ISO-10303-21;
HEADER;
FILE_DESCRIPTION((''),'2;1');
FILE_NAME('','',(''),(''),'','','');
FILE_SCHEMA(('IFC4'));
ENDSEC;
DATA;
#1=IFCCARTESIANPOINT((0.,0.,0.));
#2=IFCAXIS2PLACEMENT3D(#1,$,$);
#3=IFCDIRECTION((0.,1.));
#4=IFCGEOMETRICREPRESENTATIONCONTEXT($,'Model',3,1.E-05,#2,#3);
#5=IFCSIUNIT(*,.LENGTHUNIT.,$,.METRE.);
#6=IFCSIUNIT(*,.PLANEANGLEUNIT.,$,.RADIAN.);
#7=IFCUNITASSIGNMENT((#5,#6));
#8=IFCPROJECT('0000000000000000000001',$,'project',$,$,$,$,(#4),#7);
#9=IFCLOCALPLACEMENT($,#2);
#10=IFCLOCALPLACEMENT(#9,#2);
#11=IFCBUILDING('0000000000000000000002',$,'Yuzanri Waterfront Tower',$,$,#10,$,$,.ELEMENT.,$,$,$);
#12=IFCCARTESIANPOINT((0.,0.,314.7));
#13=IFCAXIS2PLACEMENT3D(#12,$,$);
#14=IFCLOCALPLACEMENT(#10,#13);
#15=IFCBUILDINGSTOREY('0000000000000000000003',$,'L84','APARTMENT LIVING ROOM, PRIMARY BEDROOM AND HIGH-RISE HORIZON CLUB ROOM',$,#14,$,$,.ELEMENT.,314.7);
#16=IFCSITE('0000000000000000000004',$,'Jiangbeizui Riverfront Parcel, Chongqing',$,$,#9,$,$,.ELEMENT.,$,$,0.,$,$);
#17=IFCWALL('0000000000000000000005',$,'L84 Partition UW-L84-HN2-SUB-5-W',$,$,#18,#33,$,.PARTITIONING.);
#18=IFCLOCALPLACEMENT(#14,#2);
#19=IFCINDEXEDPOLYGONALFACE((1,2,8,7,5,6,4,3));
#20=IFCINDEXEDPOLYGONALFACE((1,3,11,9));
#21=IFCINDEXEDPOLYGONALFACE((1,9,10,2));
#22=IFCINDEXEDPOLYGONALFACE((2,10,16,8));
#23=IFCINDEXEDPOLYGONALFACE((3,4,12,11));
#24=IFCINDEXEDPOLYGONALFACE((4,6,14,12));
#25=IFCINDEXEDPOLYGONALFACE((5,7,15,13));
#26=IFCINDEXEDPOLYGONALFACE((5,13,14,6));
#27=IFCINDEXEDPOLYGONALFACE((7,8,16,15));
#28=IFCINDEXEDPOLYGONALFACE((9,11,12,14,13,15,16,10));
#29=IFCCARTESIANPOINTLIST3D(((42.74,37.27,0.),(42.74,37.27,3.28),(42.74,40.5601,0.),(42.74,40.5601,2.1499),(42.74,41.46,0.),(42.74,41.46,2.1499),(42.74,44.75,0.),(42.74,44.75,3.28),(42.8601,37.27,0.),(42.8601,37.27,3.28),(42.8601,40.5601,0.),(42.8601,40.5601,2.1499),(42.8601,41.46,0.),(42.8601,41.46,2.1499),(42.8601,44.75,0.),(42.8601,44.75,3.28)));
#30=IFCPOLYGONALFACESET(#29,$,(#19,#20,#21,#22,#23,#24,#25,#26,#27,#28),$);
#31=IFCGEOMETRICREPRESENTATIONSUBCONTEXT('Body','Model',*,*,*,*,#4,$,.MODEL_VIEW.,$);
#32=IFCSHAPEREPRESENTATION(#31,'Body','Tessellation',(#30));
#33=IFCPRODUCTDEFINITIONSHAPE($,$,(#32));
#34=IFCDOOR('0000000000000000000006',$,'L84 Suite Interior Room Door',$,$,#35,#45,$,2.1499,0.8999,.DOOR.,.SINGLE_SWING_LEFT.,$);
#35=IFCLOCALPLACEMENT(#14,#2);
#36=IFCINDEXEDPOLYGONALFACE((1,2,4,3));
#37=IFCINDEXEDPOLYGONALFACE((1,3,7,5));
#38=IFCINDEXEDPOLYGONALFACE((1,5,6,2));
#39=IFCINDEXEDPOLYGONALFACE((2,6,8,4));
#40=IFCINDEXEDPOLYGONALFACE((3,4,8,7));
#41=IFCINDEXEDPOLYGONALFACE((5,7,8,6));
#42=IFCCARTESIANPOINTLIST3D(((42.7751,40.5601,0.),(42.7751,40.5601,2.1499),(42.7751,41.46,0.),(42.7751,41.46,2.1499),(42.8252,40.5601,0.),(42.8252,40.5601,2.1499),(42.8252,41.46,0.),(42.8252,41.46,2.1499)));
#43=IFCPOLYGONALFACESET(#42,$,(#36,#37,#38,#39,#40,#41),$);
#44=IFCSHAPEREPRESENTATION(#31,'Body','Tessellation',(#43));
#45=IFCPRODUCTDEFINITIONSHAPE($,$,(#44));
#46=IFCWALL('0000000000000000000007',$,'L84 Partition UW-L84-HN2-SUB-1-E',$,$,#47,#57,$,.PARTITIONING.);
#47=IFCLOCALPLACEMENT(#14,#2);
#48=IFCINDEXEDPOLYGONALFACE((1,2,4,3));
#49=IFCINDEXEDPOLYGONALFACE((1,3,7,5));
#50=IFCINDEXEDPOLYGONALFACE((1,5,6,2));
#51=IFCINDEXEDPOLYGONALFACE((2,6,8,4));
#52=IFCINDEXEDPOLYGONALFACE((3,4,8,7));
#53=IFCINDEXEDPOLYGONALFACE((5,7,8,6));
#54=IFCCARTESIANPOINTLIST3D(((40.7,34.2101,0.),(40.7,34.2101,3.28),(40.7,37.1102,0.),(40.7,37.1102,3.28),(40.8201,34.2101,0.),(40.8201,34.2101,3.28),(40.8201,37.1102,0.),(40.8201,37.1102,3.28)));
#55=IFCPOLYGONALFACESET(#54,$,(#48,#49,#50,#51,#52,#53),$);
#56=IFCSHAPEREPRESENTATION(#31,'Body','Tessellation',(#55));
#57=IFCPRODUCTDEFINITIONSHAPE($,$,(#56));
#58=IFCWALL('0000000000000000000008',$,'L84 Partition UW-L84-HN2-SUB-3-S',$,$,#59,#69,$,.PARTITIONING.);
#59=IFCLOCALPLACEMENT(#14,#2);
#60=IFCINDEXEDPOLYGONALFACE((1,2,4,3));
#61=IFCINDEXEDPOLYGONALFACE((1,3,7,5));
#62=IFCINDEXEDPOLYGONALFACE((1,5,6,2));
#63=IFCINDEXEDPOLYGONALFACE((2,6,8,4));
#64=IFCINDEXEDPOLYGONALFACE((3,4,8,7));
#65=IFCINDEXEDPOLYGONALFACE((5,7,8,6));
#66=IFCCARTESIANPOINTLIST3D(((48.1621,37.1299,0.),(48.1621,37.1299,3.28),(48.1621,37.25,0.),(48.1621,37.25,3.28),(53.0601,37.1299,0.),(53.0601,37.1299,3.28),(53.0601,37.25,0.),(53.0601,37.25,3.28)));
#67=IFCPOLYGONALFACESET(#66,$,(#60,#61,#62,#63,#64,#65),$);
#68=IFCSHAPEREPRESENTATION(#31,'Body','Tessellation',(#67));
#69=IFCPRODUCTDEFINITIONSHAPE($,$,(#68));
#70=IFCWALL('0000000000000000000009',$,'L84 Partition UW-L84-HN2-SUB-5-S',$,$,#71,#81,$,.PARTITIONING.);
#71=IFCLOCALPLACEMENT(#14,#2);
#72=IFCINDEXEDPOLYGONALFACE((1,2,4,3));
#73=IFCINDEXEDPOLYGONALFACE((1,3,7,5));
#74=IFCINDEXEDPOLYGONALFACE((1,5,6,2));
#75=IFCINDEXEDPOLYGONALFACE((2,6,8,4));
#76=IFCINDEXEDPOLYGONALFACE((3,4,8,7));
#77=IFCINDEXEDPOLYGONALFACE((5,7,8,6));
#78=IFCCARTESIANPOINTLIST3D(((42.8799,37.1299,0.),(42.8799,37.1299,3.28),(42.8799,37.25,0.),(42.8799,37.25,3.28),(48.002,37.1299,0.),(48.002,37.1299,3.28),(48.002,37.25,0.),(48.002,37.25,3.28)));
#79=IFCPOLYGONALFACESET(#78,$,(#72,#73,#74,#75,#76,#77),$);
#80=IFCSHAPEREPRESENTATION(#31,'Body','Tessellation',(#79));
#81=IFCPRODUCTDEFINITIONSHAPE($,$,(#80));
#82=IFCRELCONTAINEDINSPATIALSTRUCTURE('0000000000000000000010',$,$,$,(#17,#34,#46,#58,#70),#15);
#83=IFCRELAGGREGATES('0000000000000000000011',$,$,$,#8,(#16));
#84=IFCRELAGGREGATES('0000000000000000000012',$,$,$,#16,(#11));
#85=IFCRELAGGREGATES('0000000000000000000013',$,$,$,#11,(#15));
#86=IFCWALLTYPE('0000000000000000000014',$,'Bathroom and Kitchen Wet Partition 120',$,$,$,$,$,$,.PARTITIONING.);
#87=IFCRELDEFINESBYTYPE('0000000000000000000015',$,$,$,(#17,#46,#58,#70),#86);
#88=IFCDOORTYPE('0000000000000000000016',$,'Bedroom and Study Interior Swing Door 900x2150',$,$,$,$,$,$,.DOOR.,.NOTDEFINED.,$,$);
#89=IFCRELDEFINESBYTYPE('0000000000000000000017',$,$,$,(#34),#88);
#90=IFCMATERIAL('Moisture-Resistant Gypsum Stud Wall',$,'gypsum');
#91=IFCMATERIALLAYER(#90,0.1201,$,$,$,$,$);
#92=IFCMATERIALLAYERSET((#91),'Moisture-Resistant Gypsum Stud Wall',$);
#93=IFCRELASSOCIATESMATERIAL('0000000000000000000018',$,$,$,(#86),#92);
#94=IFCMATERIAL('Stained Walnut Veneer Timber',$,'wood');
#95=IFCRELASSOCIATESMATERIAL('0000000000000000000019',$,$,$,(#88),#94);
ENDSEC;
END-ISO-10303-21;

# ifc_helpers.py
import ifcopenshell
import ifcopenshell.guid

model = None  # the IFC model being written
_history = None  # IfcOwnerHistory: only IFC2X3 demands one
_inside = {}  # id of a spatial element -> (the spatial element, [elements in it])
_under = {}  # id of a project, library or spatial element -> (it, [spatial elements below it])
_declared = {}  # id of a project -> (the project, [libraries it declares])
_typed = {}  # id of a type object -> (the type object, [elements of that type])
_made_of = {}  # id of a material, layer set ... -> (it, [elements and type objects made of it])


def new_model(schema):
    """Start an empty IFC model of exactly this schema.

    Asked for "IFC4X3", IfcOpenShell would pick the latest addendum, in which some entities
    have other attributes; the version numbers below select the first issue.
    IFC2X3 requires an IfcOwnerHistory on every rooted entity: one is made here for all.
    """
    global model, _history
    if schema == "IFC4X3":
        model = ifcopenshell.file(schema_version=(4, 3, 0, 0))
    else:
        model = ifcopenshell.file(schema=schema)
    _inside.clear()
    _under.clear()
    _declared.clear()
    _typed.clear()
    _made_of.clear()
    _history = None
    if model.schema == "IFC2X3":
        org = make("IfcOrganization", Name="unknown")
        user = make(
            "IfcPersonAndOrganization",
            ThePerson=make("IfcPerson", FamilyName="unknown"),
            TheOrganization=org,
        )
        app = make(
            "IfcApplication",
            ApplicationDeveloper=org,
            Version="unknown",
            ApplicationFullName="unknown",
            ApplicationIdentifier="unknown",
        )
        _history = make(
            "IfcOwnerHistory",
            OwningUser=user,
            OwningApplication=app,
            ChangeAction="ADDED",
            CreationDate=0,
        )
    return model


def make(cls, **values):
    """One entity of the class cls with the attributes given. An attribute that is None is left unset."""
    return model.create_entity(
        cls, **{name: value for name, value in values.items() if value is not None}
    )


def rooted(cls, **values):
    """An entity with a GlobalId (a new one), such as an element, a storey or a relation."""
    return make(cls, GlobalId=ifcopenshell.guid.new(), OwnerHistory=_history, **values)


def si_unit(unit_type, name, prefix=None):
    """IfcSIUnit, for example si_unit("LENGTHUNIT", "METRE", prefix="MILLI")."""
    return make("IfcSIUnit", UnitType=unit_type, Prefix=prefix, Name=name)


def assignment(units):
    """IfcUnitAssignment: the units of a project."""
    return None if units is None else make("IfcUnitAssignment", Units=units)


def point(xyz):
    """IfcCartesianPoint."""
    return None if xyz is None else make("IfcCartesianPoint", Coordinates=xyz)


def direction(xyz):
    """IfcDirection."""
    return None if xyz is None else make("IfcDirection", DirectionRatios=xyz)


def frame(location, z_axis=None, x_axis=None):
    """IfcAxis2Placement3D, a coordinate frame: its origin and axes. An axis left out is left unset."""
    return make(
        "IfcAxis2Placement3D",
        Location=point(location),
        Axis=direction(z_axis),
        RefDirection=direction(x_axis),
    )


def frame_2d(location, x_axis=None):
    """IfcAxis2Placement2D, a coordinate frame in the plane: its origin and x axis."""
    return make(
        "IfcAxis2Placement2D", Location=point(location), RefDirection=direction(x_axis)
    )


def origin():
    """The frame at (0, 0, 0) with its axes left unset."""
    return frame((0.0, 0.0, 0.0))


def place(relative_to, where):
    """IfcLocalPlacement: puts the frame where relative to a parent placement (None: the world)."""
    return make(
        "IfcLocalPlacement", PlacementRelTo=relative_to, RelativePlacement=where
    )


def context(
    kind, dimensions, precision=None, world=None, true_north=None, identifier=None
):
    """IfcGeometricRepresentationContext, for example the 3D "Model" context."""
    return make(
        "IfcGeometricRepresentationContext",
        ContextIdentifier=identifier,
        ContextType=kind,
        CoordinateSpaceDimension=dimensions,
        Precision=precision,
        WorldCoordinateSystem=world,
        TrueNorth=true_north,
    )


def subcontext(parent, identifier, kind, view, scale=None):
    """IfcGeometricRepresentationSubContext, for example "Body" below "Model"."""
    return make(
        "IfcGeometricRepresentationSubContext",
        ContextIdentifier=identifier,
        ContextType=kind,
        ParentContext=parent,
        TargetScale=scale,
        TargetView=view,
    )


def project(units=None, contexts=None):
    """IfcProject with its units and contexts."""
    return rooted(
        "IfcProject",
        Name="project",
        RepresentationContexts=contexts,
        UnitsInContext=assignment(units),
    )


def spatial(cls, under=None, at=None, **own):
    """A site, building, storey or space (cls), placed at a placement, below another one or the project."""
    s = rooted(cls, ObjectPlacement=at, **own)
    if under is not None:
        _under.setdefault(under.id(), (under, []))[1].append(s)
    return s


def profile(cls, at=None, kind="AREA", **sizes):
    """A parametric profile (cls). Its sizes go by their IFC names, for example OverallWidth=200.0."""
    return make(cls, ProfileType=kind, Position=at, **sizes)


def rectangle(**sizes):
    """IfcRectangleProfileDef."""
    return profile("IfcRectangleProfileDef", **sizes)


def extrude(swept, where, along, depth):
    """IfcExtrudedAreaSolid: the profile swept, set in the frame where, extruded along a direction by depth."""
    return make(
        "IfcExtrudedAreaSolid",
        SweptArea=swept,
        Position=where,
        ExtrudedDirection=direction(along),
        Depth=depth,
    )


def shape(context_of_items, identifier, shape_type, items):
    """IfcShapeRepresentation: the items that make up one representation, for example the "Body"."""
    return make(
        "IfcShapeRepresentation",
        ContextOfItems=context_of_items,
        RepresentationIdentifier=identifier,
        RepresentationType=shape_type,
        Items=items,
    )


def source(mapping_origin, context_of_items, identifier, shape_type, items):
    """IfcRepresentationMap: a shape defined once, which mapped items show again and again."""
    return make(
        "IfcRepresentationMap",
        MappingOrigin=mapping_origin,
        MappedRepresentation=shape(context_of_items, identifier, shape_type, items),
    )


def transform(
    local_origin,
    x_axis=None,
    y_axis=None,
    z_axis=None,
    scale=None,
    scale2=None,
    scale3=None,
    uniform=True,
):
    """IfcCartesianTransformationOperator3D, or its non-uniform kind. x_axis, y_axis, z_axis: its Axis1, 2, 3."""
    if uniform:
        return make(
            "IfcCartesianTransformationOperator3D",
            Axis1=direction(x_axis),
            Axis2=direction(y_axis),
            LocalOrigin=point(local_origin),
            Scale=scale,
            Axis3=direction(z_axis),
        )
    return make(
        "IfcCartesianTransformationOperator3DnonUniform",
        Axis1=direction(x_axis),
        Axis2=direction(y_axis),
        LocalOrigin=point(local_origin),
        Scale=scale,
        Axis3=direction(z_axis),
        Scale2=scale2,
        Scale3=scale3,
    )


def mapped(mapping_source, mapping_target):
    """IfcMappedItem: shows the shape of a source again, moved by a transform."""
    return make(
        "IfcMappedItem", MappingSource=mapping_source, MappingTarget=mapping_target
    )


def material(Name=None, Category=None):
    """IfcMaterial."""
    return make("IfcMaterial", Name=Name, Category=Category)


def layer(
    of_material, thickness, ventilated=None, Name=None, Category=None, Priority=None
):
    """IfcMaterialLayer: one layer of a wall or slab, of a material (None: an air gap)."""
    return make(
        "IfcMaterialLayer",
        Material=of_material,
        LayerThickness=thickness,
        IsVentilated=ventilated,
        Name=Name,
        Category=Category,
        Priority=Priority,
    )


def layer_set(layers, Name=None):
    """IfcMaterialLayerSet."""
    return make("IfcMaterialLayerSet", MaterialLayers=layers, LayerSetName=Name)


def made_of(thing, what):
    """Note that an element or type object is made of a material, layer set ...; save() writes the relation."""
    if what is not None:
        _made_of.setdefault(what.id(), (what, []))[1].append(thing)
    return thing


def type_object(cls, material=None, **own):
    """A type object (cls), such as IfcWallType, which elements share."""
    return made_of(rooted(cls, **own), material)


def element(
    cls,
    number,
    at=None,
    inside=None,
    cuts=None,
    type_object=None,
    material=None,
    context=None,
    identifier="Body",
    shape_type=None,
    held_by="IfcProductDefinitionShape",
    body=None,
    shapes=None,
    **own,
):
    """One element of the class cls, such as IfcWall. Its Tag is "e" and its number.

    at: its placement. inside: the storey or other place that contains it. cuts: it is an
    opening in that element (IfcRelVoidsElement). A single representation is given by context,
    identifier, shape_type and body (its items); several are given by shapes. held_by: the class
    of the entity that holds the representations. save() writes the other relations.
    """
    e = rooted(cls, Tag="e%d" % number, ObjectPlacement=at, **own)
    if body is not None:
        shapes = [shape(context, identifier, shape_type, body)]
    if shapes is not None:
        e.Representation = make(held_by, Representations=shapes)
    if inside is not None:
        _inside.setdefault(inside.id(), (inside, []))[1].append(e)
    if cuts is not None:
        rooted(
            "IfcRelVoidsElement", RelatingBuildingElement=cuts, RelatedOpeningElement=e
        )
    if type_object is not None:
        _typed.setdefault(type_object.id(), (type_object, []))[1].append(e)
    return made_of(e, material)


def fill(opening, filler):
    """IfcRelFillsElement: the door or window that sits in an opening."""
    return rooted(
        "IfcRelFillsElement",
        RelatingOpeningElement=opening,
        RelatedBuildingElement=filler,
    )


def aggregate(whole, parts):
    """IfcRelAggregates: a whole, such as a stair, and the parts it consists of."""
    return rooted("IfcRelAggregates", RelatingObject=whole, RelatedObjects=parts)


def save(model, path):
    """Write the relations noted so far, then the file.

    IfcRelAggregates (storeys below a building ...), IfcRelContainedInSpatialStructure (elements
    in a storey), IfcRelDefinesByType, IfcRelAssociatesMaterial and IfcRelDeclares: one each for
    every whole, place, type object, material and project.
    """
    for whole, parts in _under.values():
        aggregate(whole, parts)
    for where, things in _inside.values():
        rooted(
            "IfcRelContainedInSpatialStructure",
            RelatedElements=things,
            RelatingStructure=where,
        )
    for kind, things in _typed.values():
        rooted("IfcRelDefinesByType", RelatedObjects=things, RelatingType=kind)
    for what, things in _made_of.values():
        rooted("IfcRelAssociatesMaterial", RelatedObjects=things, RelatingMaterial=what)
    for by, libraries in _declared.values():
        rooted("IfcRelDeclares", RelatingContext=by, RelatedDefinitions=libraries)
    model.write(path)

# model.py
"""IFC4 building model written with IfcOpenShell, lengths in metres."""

from ifc_helpers import new_model, si_unit, direction, frame, frame_2d, origin, place, context, subcontext, project, spatial, rectangle, extrude, source, transform, mapped, material, layer, layer_set, type_object, element, fill, save


model = new_model("IFC4")

# Units and contexts
model_context = context("Model", 3, precision=1e-05, world=origin(), true_north=direction((0.0, 1.0)))
body_context = subcontext(model_context, "Body", "Model", "MODEL_VIEW")
ifc_project = project(units=[si_unit("LENGTHUNIT", "METRE"), si_unit("PLANEANGLEUNIT", "RADIAN")], contexts=[model_context])

# Site, building, storey
site_placement = place(None, origin())
site = spatial("IfcSite", under=ifc_project, at=site_placement, Name="Jiangbeizui Riverfront Parcel, Chongqing", CompositionType="ELEMENT", RefElevation=0.0)
building_placement = place(site_placement, origin())
building = spatial("IfcBuilding", under=site, at=building_placement, Name="Yuzanri Waterfront Tower", CompositionType="ELEMENT")
storey_placement = place(building_placement, frame((0.0, 0.0, 314.7)))
storey = spatial("IfcBuildingStorey", under=building, at=storey_placement, Name="L84", Description="APARTMENT LIVING ROOM, PRIMARY BEDROOM AND HIGH-RISE HORIZON CLUB ROOM", CompositionType="ELEMENT", Elevation=314.7)

# Wall, opening, door
ifc_material_1 = material(Name="Moisture-Resistant Gypsum Stud Wall", Category="gypsum")
ifc_layer_1 = layer(ifc_material_1, 0.1201)
ifc_layer_set_1 = layer_set([ifc_layer_1], Name="Moisture-Resistant Gypsum Stud Wall")
wall_type = type_object("IfcWallType", Name="Bathroom and Kitchen Wet Partition 120", PredefinedType="PARTITIONING", material=ifc_layer_set_1)
ifc_material_2 = material(Name="Stained Walnut Veneer Timber", Category="wood")
door_type_1 = type_object("IfcDoorType", Name="Bedroom and Study Interior Swing Door 900x2150", OperationType="NOTDEFINED", PredefinedType="DOOR", material=ifc_material_2)
shared_shape_1 = source(origin(), body_context, "Body", "SweptSolid", [
    extrude(rectangle(XDim=0.8999, YDim=2.1499, at=frame_2d((0.45, 1.075))), frame((0.0, 0.0249, 0.0), z_axis=(0.0, -1.0, 0.0), x_axis=(1.0, 0.0, 0.0)), (0.0, 0.0, 1.0), 0.05),
])
wall_1_placement = place(storey_placement, frame((42.8, 37.27, 0.0), z_axis=(0.0, 0.0, 1.0), x_axis=(0.0, 1.0, 0.0)))
wall_1 = element("IfcWall", 1, at=wall_1_placement, inside=storey, type_object=wall_type, Name="L84 Partition UW-L84-HN2-SUB-5-W", PredefinedType="PARTITIONING", context=body_context, shape_type="SweptSolid", body=[
    extrude(rectangle(XDim=7.48, YDim=0.1201, at=frame_2d((3.74, 0.0))), origin(), (0.0, 0.0, 1.0), 3.28),
])
opening_1_placement = place(wall_1_placement, frame((3.29, 0.0, 0.0)))
opening_1 = element("IfcOpeningElement", 2, at=opening_1_placement, cuts=wall_1, PredefinedType="OPENING", context=body_context, shape_type="SweptSolid", body=[
    extrude(rectangle(XDim=0.8999, YDim=2.1499, at=frame_2d((0.45, 1.075))), frame((0.0, 0.075, 0.0), z_axis=(0.0, -1.0, 0.0), x_axis=(1.0, 0.0, 0.0)), (0.0, 0.0, 1.0), 0.1499),
])
door_1_placement = place(opening_1_placement, origin())
door_1 = element("IfcDoor", 3, at=door_1_placement, inside=storey, type_object=door_type_1, Name="L84 Suite Interior Room Door", OperationType="SINGLE_SWING_LEFT", OverallHeight=2.1499, OverallWidth=0.8999, PredefinedType="DOOR", context=body_context, shape_type="MappedRepresentation", body=[
    mapped(shared_shape_1, transform((0.0, 0.0, 0.0), scale=1.0)),
])
fill(opening_1, door_1)

# Walls
shared_shape_2 = source(origin(), body_context, "Body", "SweptSolid", [
    extrude(rectangle(XDim=2.9001, YDim=0.1201, at=frame_2d((1.4502, 0.0))), origin(), (0.0, 0.0, 1.0), 3.28),
])
wall_2_placement = place(storey_placement, frame((40.76, 34.21, 0.0), z_axis=(0.0, 0.0, 1.0), x_axis=(0.0, 1.0, 0.0)))
element("IfcWall", 4, at=wall_2_placement, inside=storey, type_object=wall_type, Name="L84 Partition UW-L84-HN2-SUB-1-E", PredefinedType="PARTITIONING", context=body_context, shape_type="MappedRepresentation", body=[
    mapped(shared_shape_2, transform((0.0, 0.0, 0.0), scale=1.0)),
])
shared_shape_3 = source(origin(), body_context, "Body", "SweptSolid", [
    extrude(rectangle(XDim=4.8979, YDim=0.1201, at=frame_2d((2.449, 0.0))), origin(), (0.0, 0.0, 1.0), 3.28),
])
wall_3_placement = place(storey_placement, frame((48.1621, 37.1899, 0.0), z_axis=(0.0, 0.0, 1.0), x_axis=(1.0, 0.0, 0.0)))
element("IfcWall", 5, at=wall_3_placement, inside=storey, type_object=wall_type, Name="L84 Partition UW-L84-HN2-SUB-3-S", PredefinedType="PARTITIONING", context=body_context, shape_type="MappedRepresentation", body=[
    mapped(shared_shape_3, transform((0.0, 0.0, 0.0), scale=1.0)),
])
shared_shape_4 = source(origin(), body_context, "Body", "SweptSolid", [
    extrude(rectangle(XDim=5.1221, YDim=0.1201, at=frame_2d((2.561, 0.0))), origin(), (0.0, 0.0, 1.0), 3.28),
])
wall_4_placement = place(storey_placement, frame((42.8799, 37.1899, 0.0), z_axis=(0.0, 0.0, 1.0), x_axis=(1.0, 0.0, 0.0)))
element("IfcWall", 6, at=wall_4_placement, inside=storey, type_object=wall_type, Name="L84 Partition UW-L84-HN2-SUB-5-S", PredefinedType="PARTITIONING", context=body_context, shape_type="MappedRepresentation", body=[
    mapped(shared_shape_4, transform((0.0, 0.0, 0.0), scale=1.0)),
])

save(model, "model.ifc")
